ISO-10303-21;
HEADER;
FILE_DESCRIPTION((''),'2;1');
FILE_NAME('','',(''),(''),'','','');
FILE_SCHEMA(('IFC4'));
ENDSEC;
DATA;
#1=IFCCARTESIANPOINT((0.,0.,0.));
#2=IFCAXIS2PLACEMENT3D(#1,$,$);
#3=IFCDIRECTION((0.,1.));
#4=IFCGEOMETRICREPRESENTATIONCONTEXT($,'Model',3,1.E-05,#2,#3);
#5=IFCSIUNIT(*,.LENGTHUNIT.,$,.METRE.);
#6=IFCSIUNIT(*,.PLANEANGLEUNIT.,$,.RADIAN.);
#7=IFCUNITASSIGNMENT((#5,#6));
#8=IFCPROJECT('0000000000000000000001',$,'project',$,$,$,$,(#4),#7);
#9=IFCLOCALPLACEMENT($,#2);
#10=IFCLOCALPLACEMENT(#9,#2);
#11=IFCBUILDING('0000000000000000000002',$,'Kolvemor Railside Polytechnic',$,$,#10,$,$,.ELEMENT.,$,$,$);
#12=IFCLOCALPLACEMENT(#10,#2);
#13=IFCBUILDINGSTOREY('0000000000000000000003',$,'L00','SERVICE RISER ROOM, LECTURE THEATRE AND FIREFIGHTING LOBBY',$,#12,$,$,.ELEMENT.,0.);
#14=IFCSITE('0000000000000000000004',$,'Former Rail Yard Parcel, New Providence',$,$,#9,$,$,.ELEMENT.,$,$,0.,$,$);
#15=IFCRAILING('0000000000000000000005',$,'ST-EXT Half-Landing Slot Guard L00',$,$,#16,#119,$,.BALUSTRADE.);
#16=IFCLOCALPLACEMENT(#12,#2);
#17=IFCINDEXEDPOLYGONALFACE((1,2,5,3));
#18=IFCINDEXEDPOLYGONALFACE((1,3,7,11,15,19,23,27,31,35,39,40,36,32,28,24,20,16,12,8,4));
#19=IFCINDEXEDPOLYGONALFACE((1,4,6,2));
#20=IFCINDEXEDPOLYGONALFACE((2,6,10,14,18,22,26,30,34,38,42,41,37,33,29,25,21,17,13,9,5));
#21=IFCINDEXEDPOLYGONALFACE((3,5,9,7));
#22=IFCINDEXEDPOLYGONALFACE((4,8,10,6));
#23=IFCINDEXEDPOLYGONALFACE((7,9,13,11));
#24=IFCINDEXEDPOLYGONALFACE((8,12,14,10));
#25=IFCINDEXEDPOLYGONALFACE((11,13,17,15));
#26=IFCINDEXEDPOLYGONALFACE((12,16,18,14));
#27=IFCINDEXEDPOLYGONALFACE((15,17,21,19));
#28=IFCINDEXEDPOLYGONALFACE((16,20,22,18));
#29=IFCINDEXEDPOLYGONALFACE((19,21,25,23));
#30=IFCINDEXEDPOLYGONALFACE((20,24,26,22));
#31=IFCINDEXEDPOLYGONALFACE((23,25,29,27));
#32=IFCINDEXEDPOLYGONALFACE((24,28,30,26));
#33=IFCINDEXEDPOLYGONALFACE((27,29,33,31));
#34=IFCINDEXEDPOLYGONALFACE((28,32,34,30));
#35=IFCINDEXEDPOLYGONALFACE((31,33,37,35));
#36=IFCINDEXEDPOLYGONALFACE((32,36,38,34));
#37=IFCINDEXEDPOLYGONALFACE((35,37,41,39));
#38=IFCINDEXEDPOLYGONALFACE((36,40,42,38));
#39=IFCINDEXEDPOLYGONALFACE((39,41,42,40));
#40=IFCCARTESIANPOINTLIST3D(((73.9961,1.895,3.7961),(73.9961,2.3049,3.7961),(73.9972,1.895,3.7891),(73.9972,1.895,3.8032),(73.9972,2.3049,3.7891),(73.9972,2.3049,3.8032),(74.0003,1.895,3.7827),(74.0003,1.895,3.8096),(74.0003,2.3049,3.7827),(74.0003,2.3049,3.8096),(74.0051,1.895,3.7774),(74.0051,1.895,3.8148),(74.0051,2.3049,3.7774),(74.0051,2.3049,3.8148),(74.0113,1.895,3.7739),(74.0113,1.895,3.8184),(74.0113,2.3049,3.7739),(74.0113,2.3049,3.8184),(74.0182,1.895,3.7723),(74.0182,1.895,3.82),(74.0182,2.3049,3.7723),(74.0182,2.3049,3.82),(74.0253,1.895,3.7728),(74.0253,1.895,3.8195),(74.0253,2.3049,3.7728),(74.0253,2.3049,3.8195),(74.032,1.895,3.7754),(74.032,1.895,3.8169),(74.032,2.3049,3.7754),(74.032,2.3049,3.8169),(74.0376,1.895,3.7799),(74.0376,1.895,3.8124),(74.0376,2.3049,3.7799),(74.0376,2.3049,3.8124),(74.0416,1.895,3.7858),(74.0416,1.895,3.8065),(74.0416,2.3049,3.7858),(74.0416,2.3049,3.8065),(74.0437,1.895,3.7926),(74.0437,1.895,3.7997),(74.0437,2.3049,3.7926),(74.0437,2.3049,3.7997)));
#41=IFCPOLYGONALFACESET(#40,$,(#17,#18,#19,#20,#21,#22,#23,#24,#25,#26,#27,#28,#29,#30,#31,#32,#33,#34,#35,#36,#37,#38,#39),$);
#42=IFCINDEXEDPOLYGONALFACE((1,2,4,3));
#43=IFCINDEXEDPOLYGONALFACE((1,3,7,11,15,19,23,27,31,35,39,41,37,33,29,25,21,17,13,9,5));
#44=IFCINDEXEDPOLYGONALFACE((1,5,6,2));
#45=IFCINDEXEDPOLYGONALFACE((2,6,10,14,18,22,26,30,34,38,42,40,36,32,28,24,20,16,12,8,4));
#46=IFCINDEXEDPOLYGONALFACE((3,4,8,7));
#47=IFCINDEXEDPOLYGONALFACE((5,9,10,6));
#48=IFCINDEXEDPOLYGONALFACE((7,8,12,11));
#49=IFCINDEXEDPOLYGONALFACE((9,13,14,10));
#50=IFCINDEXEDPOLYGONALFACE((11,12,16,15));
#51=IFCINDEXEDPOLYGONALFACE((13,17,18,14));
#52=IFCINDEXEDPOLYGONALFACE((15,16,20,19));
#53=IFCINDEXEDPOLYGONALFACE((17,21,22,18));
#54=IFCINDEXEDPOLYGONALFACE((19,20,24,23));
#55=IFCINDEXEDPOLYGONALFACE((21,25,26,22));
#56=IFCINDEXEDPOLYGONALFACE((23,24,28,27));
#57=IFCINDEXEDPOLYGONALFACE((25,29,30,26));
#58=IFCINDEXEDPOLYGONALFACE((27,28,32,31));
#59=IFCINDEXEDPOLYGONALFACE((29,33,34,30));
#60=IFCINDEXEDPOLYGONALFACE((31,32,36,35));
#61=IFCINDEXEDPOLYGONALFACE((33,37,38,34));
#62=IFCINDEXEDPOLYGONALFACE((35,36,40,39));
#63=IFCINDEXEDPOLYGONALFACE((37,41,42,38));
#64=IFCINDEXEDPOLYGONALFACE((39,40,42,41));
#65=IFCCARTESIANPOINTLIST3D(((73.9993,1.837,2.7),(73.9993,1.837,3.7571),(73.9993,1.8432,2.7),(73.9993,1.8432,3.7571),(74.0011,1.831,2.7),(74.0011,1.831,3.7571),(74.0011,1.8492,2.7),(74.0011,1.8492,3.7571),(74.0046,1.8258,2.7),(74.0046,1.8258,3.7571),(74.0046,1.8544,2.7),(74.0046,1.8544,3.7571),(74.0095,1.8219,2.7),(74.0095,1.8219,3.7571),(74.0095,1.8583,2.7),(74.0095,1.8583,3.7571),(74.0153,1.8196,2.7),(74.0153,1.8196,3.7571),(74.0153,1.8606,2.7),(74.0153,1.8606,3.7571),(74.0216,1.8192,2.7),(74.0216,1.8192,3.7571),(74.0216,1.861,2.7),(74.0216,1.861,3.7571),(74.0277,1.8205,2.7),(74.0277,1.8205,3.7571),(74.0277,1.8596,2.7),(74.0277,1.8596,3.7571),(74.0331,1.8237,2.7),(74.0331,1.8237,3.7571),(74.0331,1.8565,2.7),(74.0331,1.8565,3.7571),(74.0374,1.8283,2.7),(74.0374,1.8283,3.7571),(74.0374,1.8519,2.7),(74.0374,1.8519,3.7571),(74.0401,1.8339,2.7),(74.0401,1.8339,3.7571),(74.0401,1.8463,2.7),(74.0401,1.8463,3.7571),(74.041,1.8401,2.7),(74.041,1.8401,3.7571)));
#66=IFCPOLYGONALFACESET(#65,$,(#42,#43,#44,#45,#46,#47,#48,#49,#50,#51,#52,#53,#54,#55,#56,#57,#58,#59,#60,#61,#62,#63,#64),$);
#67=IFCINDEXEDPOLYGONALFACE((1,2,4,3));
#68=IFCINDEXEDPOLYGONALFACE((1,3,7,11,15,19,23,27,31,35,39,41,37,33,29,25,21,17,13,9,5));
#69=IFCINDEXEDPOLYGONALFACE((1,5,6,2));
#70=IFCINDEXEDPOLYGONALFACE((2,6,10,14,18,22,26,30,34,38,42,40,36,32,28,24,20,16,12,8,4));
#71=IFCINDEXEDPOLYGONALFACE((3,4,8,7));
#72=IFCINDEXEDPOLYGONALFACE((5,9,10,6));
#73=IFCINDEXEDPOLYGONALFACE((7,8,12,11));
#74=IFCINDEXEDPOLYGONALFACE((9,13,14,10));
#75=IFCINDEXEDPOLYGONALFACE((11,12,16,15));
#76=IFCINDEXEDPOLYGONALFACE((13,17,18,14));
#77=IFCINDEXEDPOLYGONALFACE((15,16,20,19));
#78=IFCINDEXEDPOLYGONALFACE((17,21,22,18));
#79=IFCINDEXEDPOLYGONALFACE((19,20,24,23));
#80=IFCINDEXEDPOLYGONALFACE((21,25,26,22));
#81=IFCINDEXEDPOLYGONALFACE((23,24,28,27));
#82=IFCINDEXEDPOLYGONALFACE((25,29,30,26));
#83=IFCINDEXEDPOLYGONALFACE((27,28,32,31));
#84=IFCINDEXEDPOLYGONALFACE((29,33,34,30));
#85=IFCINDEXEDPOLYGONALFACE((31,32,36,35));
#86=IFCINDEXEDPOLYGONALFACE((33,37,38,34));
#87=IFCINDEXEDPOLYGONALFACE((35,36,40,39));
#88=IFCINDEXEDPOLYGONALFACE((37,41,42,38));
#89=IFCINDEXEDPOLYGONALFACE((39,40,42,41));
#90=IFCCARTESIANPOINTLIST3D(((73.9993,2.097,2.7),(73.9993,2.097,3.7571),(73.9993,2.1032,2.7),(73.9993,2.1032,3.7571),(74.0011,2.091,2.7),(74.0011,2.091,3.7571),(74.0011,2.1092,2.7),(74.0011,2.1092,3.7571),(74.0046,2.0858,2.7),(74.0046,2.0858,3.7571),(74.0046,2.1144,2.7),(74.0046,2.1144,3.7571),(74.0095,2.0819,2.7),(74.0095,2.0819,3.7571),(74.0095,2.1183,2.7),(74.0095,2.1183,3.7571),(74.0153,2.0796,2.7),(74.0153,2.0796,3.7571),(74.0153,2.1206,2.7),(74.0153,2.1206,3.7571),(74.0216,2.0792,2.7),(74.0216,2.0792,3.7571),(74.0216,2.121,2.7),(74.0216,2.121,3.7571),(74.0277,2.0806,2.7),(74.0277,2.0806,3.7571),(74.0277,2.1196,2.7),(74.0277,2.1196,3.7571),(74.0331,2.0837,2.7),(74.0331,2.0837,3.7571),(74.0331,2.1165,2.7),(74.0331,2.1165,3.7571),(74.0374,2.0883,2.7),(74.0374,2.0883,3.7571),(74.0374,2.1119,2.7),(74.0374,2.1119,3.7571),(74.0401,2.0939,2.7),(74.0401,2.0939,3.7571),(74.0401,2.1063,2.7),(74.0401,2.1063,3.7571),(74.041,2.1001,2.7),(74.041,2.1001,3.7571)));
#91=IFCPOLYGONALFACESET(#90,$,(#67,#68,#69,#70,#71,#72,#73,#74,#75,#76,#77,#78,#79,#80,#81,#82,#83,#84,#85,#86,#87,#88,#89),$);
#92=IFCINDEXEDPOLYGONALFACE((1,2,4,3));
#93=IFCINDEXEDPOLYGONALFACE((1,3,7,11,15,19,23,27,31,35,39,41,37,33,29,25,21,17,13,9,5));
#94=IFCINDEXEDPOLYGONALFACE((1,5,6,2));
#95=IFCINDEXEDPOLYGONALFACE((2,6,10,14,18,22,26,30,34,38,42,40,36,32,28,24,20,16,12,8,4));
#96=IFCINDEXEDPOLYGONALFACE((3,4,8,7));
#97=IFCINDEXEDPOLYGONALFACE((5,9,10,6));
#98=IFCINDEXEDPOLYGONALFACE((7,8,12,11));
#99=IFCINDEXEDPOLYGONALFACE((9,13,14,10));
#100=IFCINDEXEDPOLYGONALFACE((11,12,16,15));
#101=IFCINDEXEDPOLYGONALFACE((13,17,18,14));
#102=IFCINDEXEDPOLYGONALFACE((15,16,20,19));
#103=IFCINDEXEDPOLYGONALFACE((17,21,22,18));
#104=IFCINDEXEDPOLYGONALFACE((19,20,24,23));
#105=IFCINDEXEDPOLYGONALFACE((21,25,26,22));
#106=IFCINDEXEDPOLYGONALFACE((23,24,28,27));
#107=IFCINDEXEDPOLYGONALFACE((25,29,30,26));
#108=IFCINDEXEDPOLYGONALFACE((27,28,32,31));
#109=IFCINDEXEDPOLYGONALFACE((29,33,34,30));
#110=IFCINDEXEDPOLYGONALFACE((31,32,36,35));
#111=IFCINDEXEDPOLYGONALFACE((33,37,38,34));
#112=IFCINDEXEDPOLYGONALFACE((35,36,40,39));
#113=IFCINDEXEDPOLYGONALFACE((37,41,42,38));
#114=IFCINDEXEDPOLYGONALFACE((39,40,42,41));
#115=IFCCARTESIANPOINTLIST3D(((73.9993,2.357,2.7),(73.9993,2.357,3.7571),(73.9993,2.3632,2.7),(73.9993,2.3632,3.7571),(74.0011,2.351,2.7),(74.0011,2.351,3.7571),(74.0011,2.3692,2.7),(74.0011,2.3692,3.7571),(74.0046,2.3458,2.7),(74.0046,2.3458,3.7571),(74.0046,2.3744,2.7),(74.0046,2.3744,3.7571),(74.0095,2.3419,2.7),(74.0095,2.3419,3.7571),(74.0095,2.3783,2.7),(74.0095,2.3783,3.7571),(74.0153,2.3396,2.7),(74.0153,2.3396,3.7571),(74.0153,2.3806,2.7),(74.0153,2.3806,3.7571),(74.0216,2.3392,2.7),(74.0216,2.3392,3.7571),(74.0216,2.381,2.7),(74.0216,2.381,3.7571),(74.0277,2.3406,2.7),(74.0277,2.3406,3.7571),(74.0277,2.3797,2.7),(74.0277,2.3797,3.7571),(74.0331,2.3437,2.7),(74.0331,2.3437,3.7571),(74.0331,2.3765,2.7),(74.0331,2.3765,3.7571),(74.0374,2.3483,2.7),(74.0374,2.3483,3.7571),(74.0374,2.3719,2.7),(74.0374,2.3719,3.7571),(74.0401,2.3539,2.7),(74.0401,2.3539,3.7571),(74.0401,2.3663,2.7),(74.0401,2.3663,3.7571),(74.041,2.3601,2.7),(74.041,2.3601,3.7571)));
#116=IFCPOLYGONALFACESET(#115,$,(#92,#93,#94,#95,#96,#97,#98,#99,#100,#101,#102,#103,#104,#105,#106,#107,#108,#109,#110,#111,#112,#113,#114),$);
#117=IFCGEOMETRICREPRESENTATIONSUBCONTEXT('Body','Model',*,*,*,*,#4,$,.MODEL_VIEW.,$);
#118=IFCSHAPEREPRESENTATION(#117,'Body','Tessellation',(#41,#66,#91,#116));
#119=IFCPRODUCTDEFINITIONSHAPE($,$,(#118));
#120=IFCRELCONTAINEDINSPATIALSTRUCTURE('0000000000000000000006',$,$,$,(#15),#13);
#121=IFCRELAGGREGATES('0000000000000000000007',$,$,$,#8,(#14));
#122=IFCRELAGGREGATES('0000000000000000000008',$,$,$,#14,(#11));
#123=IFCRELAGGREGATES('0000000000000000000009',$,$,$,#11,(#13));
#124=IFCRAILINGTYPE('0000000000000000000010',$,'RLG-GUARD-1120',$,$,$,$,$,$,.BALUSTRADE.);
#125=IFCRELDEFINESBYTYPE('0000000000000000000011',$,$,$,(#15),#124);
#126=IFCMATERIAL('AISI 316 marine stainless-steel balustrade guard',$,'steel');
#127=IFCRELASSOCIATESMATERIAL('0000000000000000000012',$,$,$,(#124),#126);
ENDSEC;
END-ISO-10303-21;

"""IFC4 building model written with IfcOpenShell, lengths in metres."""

from ifc_helpers import new_model, si_unit, direction, frame, origin, origin_2d, place, context, subcontext, project, spatial, circle, extrude, material, type_object, element, save


model = new_model("IFC4")

# Units and contexts
model_context = context("Model", 3, precision=1e-05, world=origin(), true_north=direction((0.0, 1.0)))
body_context = subcontext(model_context, "Body", "Model", "MODEL_VIEW")
ifc_project = project(units=[si_unit("LENGTHUNIT", "METRE"), si_unit("PLANEANGLEUNIT", "RADIAN")], contexts=[model_context])

# Site, building, storey
site_placement = place(None, origin())
site = spatial("IfcSite", under=ifc_project, at=site_placement, Name="Former Rail Yard Parcel, New Providence", CompositionType="ELEMENT", RefElevation=0.0)
building_placement = place(site_placement, origin())
building = spatial("IfcBuilding", under=site, at=building_placement, Name="Kolvemor Railside Polytechnic", CompositionType="ELEMENT")
storey_placement = place(building_placement, origin())
storey = spatial("IfcBuildingStorey", under=building, at=storey_placement, Name="L00", Description="SERVICE RISER ROOM, LECTURE THEATRE AND FIREFIGHTING LOBBY", CompositionType="ELEMENT", Elevation=0.0)

# Railing
ifc_material_1 = material(Name="AISI 316 marine stainless-steel balustrade guard", Category="steel")
railing_type_1 = type_object("IfcRailingType", Name="RLG-GUARD-1120", PredefinedType="BALUSTRADE", material=ifc_material_1)
railing_1_placement = place(storey_placement, frame((74.02, 1.8401, 2.7)))
element("IfcRailing", 1, at=railing_1_placement, inside=storey, type_object=railing_type_1, Name="ST-EXT Half-Landing Slot Guard L00", PredefinedType="BALUSTRADE", context=body_context, shape_type="SweptSolid", body=[
    extrude(circle(Radius=0.0239, at=origin_2d()), frame((0.0, 0.0549, 1.0962), z_axis=(0.0, 1.0, 0.0), x_axis=(-1.0, 0.0, 0.0)), (0.0, 0.0, 1.0), 0.4099),
    extrude(circle(Radius=0.021, at=origin_2d()), origin(), (0.0, 0.0, 1.0), 1.0571),
    extrude(circle(Radius=0.021, at=origin_2d()), frame((0.0, 0.26, 0.0)), (0.0, 0.0, 1.0), 1.0571),
    extrude(circle(Radius=0.021, at=origin_2d()), frame((0.0, 0.52, 0.0)), (0.0, 0.0, 1.0), 1.0571),
])

save(model, "model.ifc")
